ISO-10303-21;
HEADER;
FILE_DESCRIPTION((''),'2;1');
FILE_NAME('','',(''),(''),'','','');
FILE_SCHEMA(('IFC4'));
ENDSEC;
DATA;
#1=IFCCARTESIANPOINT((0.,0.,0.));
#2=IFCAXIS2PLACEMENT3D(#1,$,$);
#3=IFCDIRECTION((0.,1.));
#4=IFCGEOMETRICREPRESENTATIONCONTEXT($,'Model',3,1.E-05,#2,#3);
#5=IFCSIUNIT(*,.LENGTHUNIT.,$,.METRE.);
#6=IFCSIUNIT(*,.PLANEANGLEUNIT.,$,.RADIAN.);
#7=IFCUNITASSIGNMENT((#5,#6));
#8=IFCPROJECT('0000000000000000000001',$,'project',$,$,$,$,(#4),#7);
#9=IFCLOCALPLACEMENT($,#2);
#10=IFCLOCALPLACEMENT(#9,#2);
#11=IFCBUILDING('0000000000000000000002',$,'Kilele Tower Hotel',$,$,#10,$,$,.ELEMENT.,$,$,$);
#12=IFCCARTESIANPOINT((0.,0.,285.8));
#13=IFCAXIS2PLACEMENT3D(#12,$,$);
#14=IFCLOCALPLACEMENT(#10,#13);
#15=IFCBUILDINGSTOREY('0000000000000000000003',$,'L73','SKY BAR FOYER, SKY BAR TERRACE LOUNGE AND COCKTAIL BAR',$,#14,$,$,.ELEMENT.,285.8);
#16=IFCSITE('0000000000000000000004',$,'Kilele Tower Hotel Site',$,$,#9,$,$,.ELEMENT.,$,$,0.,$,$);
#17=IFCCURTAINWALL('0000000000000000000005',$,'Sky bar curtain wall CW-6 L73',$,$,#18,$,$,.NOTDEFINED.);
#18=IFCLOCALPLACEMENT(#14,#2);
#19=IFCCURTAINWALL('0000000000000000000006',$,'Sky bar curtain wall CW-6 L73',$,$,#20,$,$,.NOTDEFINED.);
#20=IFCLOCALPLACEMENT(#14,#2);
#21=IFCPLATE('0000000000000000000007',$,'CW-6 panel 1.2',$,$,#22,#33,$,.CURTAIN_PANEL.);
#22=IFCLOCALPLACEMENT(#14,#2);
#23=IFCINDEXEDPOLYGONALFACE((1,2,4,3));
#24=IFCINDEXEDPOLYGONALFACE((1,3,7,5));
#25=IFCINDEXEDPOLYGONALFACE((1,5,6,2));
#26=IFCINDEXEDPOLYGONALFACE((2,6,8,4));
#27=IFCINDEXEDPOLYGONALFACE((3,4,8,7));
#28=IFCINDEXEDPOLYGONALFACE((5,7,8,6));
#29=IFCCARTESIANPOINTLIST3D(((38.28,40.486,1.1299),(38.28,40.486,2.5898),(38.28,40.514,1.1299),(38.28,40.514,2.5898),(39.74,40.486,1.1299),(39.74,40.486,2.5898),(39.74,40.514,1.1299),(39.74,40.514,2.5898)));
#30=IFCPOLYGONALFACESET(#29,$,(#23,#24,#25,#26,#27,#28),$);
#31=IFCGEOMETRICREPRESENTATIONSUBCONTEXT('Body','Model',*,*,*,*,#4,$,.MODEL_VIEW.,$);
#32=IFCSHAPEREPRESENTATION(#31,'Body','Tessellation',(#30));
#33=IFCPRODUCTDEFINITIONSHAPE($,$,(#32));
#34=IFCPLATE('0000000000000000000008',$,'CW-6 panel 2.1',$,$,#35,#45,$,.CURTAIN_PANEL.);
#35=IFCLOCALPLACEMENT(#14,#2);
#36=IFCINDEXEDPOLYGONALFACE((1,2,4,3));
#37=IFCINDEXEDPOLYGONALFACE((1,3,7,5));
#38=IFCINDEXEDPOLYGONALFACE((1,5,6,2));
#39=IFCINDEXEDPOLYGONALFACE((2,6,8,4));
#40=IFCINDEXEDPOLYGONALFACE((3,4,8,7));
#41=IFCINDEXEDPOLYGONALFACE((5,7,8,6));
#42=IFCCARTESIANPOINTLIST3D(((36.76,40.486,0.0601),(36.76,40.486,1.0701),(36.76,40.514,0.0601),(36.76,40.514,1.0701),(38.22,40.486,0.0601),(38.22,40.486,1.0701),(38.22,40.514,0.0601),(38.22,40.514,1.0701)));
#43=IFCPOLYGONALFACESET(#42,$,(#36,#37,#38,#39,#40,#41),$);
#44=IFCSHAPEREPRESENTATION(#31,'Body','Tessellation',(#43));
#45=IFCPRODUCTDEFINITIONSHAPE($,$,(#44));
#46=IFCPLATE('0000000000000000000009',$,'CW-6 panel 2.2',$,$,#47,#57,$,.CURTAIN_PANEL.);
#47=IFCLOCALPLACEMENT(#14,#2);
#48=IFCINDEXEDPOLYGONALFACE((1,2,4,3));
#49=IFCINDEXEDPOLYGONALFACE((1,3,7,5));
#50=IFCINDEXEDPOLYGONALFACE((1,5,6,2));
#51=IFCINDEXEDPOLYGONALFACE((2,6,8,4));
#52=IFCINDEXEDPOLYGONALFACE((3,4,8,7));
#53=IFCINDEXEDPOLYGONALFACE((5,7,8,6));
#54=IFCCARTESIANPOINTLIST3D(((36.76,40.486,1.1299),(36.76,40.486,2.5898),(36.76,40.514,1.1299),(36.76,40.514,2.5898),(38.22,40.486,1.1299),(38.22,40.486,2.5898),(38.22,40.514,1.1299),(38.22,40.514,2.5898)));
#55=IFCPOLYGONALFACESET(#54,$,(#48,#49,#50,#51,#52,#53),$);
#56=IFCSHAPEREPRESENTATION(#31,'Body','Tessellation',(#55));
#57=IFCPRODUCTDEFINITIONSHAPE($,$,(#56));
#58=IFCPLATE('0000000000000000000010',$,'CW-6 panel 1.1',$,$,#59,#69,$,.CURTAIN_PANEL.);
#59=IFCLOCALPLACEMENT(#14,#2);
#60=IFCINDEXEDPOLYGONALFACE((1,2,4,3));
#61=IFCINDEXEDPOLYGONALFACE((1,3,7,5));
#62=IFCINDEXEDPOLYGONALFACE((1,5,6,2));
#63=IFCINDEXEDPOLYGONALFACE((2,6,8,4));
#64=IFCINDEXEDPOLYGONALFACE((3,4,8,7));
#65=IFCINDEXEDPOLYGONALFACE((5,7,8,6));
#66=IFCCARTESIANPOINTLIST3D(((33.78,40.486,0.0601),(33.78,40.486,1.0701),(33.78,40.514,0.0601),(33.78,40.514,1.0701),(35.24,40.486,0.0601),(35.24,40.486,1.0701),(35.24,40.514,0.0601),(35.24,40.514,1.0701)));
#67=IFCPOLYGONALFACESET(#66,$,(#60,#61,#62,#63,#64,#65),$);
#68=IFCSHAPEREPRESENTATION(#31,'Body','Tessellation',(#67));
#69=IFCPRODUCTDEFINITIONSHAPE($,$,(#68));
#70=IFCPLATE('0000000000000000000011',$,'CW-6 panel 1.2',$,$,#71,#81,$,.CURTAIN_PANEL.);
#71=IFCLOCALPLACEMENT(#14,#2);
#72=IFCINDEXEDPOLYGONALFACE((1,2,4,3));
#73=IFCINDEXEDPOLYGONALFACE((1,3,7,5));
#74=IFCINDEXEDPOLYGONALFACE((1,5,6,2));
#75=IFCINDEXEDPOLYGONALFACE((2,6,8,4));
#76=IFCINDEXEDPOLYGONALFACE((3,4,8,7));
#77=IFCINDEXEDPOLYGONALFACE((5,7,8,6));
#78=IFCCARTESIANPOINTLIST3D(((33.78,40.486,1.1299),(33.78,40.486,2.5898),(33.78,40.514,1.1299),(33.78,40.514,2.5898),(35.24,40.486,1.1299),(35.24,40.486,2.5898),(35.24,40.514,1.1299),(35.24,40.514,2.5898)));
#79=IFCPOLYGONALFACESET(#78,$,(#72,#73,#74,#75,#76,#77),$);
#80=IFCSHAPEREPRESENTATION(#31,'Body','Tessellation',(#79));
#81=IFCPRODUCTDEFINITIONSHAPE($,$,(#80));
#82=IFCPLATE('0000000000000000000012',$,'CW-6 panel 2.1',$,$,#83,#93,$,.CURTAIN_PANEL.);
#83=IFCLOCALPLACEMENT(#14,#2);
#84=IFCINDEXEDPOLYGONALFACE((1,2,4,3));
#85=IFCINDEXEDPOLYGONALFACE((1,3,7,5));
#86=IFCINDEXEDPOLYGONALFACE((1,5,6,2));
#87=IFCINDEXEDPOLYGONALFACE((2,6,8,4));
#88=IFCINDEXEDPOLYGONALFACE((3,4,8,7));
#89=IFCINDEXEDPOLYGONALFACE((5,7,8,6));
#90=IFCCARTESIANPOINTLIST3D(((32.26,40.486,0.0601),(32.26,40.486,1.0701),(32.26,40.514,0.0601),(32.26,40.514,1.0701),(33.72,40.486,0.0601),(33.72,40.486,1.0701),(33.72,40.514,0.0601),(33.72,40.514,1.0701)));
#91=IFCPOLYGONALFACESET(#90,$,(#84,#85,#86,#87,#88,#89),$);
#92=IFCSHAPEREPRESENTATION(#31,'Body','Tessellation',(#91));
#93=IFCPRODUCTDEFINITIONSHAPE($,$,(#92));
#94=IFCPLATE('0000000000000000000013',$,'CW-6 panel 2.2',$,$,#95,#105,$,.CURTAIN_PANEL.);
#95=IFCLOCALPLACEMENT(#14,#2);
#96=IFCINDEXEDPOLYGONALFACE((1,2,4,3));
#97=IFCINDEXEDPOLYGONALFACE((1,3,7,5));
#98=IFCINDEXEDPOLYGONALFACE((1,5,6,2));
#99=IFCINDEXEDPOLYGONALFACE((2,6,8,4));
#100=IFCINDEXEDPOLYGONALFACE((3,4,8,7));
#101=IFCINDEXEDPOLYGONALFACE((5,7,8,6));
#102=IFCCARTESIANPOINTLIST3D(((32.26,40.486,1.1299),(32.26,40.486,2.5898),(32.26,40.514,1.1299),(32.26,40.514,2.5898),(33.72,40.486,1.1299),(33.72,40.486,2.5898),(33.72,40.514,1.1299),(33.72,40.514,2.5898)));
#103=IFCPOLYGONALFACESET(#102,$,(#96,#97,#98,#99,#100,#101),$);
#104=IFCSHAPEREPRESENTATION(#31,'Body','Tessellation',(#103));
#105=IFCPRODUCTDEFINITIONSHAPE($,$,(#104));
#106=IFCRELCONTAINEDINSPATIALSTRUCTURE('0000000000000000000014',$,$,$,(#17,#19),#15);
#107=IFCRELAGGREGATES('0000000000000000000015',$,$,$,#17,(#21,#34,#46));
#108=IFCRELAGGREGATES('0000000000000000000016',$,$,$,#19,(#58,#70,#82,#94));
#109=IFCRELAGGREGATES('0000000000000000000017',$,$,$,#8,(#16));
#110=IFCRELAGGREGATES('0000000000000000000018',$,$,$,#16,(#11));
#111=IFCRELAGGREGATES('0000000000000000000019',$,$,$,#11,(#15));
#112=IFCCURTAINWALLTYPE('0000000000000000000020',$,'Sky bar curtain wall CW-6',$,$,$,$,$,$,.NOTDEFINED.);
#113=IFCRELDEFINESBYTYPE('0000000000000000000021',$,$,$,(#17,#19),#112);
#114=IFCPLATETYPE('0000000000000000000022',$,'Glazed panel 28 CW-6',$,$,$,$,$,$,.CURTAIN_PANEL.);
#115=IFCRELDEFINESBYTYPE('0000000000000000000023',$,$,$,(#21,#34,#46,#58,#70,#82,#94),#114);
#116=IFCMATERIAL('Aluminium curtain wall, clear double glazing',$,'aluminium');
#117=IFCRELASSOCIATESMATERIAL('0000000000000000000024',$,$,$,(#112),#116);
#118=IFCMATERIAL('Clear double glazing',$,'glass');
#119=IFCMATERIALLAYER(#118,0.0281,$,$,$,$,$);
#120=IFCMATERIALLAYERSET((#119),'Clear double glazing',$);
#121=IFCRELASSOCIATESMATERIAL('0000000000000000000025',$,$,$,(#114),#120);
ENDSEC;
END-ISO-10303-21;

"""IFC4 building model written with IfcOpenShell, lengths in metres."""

from ifc_helpers import new_model, si_unit, direction, frame, origin, origin_2d, place, context, subcontext, project, spatial, rectangle, extrude, material, layer, layer_set, type_object, element, aggregate, save


model = new_model("IFC4")

# Units and contexts
model_context = context("Model", 3, precision=1e-05, world=origin(), true_north=direction((0.0, 1.0)))
body_context = subcontext(model_context, "Body", "Model", "MODEL_VIEW")
ifc_project = project(units=[si_unit("LENGTHUNIT", "METRE"), si_unit("PLANEANGLEUNIT", "RADIAN")], contexts=[model_context])

# Site, building, storey
site_placement = place(None, origin())
site = spatial("IfcSite", under=ifc_project, at=site_placement, Name="Kilele Tower Hotel Site", CompositionType="ELEMENT", RefElevation=0.0)
building_placement = place(site_placement, origin())
building = spatial("IfcBuilding", under=site, at=building_placement, Name="Kilele Tower Hotel", CompositionType="ELEMENT")
storey_placement = place(building_placement, frame((0.0, 0.0, 285.8)))
storey = spatial("IfcBuildingStorey", under=building, at=storey_placement, Name="L73", Description="SKY BAR FOYER, SKY BAR TERRACE LOUNGE AND COCKTAIL BAR", CompositionType="ELEMENT", Elevation=285.8)

# Shared definitions
ifc_material_1 = material(Name="Aluminium curtain wall, clear double glazing", Category="aluminium")
curtain_wall_type = type_object("IfcCurtainWallType", Name="Sky bar curtain wall CW-6", PredefinedType="NOTDEFINED", material=ifc_material_1)

# Curtain walls
curtain_wall_1_placement = place(storey_placement, origin())
curtain_wall_1 = element("IfcCurtainWall", 1, at=curtain_wall_1_placement, inside=storey, type_object=curtain_wall_type, Name="Sky bar curtain wall CW-6 L73", PredefinedType="NOTDEFINED")
curtain_wall_2_placement = place(storey_placement, origin())
curtain_wall_2 = element("IfcCurtainWall", 2, at=curtain_wall_2_placement, inside=storey, type_object=curtain_wall_type, Name="Sky bar curtain wall CW-6 L73", PredefinedType="NOTDEFINED")

# Plates
ifc_material_2 = material(Name="Clear double glazing", Category="glass")
ifc_layer = layer(ifc_material_2, 0.0281)
ifc_layer_set = layer_set([ifc_layer], Name="Clear double glazing")
plate_type = type_object("IfcPlateType", Name="Glazed panel 28 CW-6", PredefinedType="CURTAIN_PANEL", material=ifc_layer_set)
plate_1_placement = place(storey_placement, frame((39.01, 40.5, 1.1299), z_axis=(0.0, 0.0, 1.0), x_axis=(-1.0, 0.0, 0.0)))
plate_1 = element("IfcPlate", 3, at=plate_1_placement, type_object=plate_type, Name="CW-6 panel 1.2", PredefinedType="CURTAIN_PANEL", context=body_context, shape_type="SweptSolid", body=[
    extrude(rectangle(XDim=1.46, YDim=0.0281, at=origin_2d()), origin(), (0.0, 0.0, 1.0), 1.46),
])
plate_2_placement = place(storey_placement, frame((37.49, 40.5, 0.0601), z_axis=(0.0, 0.0, 1.0), x_axis=(-1.0, 0.0, 0.0)))
plate_2 = element("IfcPlate", 4, at=plate_2_placement, type_object=plate_type, Name="CW-6 panel 2.1", PredefinedType="CURTAIN_PANEL", context=body_context, shape_type="SweptSolid", body=[
    extrude(rectangle(XDim=1.46, YDim=0.0281, at=origin_2d()), origin(), (0.0, 0.0, 1.0), 1.01),
])
plate_3_placement = place(storey_placement, frame((37.49, 40.5, 1.1299), z_axis=(0.0, 0.0, 1.0), x_axis=(-1.0, 0.0, 0.0)))
plate_3 = element("IfcPlate", 5, at=plate_3_placement, type_object=plate_type, Name="CW-6 panel 2.2", PredefinedType="CURTAIN_PANEL", context=body_context, shape_type="SweptSolid", body=[
    extrude(rectangle(XDim=1.46, YDim=0.0281, at=origin_2d()), origin(), (0.0, 0.0, 1.0), 1.46),
])
aggregate(curtain_wall_1, [plate_1, plate_2, plate_3])
plate_4_placement = place(storey_placement, frame((34.51, 40.5, 0.0601), z_axis=(0.0, 0.0, 1.0), x_axis=(-1.0, 0.0, 0.0)))
plate_4 = element("IfcPlate", 6, at=plate_4_placement, type_object=plate_type, Name="CW-6 panel 1.1", PredefinedType="CURTAIN_PANEL", context=body_context, shape_type="SweptSolid", body=[
    extrude(rectangle(XDim=1.46, YDim=0.0281, at=origin_2d()), origin(), (0.0, 0.0, 1.0), 1.01),
])
plate_5_placement = place(storey_placement, frame((34.51, 40.5, 1.1299), z_axis=(0.0, 0.0, 1.0), x_axis=(-1.0, 0.0, 0.0)))
plate_5 = element("IfcPlate", 7, at=plate_5_placement, type_object=plate_type, Name="CW-6 panel 1.2", PredefinedType="CURTAIN_PANEL", context=body_context, shape_type="SweptSolid", body=[
    extrude(rectangle(XDim=1.46, YDim=0.0281, at=origin_2d()), origin(), (0.0, 0.0, 1.0), 1.46),
])
plate_6_placement = place(storey_placement, frame((32.99, 40.5, 0.0601), z_axis=(0.0, 0.0, 1.0), x_axis=(-1.0, 0.0, 0.0)))
plate_6 = element("IfcPlate", 8, at=plate_6_placement, type_object=plate_type, Name="CW-6 panel 2.1", PredefinedType="CURTAIN_PANEL", context=body_context, shape_type="SweptSolid", body=[
    extrude(rectangle(XDim=1.46, YDim=0.0281, at=origin_2d()), origin(), (0.0, 0.0, 1.0), 1.01),
])
plate_7_placement = place(storey_placement, frame((32.99, 40.5, 1.1299), z_axis=(0.0, 0.0, 1.0), x_axis=(-1.0, 0.0, 0.0)))
plate_7 = element("IfcPlate", 9, at=plate_7_placement, type_object=plate_type, Name="CW-6 panel 2.2", PredefinedType="CURTAIN_PANEL", context=body_context, shape_type="SweptSolid", body=[
    extrude(rectangle(XDim=1.46, YDim=0.0281, at=origin_2d()), origin(), (0.0, 0.0, 1.0), 1.46),
])
aggregate(curtain_wall_2, [plate_4, plate_5, plate_6, plate_7])

save(model, "model.ifc")
